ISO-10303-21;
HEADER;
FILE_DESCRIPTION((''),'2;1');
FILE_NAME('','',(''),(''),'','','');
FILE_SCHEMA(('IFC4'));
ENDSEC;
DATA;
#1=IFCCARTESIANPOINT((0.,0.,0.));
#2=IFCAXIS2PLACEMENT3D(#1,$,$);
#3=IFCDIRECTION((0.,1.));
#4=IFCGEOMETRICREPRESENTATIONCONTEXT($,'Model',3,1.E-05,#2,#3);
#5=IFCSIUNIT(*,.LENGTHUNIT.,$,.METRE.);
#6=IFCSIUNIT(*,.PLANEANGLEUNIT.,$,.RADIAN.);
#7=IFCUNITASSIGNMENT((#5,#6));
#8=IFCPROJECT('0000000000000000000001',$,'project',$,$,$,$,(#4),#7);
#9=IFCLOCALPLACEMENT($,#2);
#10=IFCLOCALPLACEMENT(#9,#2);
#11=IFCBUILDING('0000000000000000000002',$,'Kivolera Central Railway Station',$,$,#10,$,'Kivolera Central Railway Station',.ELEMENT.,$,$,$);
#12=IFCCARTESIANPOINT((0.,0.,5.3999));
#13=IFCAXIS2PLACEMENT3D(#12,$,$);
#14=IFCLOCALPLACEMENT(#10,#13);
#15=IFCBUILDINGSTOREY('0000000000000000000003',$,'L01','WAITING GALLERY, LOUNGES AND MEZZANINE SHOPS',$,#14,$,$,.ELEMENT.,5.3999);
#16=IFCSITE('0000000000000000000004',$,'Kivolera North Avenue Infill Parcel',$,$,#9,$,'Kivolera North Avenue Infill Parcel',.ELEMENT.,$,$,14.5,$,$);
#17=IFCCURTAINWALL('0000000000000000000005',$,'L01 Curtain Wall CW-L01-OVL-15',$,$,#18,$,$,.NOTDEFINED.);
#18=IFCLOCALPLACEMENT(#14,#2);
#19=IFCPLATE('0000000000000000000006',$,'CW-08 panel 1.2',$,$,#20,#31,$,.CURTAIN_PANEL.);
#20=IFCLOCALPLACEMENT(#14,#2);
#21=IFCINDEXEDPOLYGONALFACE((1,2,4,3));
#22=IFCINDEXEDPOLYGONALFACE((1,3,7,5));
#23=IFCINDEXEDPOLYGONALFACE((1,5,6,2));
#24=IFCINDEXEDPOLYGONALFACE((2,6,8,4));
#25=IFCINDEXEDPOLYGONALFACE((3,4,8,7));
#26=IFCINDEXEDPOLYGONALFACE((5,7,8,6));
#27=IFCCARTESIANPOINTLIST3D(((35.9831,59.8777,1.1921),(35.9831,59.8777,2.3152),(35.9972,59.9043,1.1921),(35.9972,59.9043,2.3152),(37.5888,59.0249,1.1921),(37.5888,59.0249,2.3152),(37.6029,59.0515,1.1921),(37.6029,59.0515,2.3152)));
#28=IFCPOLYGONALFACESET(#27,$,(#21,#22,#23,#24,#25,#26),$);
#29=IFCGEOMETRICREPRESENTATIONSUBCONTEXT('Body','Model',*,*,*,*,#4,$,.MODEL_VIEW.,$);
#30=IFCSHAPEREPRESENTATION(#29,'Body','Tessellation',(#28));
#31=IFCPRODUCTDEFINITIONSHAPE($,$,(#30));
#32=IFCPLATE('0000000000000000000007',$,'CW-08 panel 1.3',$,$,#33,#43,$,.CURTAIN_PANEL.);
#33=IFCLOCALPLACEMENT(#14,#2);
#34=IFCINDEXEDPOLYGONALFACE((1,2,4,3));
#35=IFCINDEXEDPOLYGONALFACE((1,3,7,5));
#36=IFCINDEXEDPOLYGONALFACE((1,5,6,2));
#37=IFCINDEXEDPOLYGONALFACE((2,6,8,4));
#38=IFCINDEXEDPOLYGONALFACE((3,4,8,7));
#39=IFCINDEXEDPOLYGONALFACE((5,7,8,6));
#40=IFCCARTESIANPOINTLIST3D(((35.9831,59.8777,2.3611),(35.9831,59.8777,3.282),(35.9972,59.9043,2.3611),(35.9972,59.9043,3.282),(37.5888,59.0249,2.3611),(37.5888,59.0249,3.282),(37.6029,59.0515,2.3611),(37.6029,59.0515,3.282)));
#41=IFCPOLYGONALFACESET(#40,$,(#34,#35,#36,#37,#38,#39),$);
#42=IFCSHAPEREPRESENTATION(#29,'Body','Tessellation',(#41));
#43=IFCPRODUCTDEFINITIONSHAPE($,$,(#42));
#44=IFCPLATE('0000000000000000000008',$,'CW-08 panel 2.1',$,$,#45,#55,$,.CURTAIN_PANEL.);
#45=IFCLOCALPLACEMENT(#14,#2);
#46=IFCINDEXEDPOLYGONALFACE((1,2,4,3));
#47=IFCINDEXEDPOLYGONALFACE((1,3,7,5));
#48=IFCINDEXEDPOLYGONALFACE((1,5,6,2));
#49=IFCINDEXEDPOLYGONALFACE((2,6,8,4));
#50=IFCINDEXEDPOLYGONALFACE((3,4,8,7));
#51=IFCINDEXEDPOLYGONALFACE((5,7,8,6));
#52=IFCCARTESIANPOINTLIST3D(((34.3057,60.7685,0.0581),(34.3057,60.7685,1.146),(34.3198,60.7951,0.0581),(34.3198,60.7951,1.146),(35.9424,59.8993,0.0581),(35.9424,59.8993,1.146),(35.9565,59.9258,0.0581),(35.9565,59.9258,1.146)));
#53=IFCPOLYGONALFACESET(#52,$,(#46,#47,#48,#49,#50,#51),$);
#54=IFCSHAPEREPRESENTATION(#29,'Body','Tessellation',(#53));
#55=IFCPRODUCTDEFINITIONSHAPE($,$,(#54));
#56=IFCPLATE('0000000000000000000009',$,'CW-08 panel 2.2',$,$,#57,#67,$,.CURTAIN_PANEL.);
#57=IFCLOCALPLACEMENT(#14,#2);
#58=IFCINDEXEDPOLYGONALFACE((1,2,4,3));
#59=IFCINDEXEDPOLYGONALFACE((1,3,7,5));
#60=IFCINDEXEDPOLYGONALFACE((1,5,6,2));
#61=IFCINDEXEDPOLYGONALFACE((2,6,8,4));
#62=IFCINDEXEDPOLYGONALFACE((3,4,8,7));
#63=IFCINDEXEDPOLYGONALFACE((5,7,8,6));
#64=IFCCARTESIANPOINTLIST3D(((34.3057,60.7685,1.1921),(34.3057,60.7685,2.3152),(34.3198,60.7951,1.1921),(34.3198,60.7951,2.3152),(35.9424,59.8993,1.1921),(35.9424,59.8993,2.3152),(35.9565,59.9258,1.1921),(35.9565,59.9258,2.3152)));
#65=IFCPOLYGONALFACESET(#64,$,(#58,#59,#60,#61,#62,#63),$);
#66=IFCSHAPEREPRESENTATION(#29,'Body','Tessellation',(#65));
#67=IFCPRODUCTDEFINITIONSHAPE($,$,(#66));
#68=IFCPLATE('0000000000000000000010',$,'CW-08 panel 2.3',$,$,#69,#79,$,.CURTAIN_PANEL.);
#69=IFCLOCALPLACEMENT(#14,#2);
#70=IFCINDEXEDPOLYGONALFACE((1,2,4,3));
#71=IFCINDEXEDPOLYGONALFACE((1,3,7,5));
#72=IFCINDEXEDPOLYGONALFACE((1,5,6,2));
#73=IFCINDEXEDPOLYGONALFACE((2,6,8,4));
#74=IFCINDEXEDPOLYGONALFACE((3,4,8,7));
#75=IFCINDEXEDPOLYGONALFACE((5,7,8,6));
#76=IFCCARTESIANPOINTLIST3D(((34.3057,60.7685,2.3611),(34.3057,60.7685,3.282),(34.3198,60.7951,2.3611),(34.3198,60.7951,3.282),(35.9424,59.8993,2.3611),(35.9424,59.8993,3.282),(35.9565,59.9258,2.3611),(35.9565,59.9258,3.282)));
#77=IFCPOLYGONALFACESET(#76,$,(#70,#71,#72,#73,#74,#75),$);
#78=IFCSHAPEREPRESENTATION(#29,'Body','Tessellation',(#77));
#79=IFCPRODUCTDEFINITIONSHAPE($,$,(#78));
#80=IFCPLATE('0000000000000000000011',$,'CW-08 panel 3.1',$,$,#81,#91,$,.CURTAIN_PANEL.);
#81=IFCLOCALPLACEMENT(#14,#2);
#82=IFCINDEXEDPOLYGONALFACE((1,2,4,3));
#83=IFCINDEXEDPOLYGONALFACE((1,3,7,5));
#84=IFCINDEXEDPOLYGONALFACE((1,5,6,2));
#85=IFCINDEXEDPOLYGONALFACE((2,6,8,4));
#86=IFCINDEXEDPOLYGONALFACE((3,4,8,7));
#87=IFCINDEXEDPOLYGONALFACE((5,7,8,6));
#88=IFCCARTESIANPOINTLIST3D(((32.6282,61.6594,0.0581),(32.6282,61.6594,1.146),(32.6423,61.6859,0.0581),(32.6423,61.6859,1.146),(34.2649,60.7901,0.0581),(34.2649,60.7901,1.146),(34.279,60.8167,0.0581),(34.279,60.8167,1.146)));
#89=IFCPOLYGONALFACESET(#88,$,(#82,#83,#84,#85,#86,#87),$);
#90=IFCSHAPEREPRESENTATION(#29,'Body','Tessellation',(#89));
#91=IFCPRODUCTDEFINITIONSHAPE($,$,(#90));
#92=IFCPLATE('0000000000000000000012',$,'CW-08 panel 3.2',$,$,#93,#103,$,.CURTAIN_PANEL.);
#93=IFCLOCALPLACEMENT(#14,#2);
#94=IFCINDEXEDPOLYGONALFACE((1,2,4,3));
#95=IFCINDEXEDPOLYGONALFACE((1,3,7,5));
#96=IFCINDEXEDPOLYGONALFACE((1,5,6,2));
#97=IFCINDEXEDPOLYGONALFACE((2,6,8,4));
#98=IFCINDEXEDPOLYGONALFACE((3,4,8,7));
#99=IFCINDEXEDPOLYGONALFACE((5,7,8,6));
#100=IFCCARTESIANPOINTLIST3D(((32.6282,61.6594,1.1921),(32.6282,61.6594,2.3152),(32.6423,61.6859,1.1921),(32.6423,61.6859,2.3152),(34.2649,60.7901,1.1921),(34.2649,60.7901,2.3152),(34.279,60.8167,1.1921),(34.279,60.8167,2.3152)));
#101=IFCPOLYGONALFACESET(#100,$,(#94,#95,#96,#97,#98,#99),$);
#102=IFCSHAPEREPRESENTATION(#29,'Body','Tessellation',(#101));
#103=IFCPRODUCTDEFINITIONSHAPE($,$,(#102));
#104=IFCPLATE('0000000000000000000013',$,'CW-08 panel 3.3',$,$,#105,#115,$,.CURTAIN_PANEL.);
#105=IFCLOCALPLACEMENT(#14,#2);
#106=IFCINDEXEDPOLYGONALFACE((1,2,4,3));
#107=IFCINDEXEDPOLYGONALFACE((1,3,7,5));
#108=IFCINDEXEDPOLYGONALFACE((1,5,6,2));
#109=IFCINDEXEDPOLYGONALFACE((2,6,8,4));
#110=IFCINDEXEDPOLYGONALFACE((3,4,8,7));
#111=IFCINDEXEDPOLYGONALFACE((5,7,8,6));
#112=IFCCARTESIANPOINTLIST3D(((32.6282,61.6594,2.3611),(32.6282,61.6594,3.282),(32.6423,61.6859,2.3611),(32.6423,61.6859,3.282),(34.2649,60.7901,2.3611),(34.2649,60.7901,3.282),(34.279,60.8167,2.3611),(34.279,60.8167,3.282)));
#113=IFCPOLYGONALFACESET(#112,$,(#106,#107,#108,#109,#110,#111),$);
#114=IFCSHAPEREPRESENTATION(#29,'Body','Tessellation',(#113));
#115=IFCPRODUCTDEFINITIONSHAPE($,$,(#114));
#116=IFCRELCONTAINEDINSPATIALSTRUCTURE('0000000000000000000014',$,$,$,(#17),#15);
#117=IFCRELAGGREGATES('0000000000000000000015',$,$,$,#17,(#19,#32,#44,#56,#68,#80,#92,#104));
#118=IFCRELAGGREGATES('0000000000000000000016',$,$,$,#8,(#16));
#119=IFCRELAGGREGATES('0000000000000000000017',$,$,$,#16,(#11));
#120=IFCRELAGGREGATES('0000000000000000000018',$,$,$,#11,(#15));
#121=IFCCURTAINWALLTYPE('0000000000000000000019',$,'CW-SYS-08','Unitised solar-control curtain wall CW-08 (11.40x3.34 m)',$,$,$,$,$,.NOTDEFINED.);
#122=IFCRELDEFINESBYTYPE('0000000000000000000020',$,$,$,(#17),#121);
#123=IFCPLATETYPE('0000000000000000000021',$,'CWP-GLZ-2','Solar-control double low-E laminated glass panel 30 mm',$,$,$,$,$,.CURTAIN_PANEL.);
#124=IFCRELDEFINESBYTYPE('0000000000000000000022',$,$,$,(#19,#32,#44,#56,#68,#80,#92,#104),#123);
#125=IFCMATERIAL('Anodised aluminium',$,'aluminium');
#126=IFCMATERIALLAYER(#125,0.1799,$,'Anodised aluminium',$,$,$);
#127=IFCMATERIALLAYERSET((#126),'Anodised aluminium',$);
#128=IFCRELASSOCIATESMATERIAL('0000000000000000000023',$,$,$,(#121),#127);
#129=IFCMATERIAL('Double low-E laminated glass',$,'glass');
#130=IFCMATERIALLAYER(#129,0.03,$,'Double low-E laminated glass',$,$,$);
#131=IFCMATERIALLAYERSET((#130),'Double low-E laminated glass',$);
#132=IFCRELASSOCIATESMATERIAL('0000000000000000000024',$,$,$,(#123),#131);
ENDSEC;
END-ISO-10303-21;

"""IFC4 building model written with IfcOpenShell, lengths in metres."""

from ifc_helpers import new_model, si_unit, direction, frame, origin, origin_2d, place, context, subcontext, project, spatial, rectangle, extrude, material, layer, layer_set, type_object, element, aggregate, save


model = new_model("IFC4")

# Units and contexts
model_context = context("Model", 3, precision=1e-05, world=origin(), true_north=direction((0.0, 1.0)))
body_context = subcontext(model_context, "Body", "Model", "MODEL_VIEW")
ifc_project = project(units=[si_unit("LENGTHUNIT", "METRE"), si_unit("PLANEANGLEUNIT", "RADIAN")], contexts=[model_context])

# Site, building, storey
site_placement = place(None, origin())
site = spatial("IfcSite", under=ifc_project, at=site_placement, Name="Kivolera North Avenue Infill Parcel", LongName="Kivolera North Avenue Infill Parcel", CompositionType="ELEMENT", RefElevation=14.5)
building_placement = place(site_placement, origin())
building = spatial("IfcBuilding", under=site, at=building_placement, Name="Kivolera Central Railway Station", LongName="Kivolera Central Railway Station", CompositionType="ELEMENT")
storey_placement = place(building_placement, frame((0.0, 0.0, 5.3999)))
storey = spatial("IfcBuildingStorey", under=building, at=storey_placement, Name="L01", Description="WAITING GALLERY, LOUNGES AND MEZZANINE SHOPS", CompositionType="ELEMENT", Elevation=5.3999)

# Curtain wall, plates
ifc_material_1 = material(Name="Anodised aluminium", Category="aluminium")
ifc_layer_1 = layer(ifc_material_1, 0.1799, Name="Anodised aluminium")
ifc_layer_set_1 = layer_set([ifc_layer_1], Name="Anodised aluminium")
curtain_wall_type = type_object("IfcCurtainWallType", Name="CW-SYS-08", Description="Unitised solar-control curtain wall CW-08 (11.40x3.34 m)", PredefinedType="NOTDEFINED", material=ifc_layer_set_1)
curtain_wall_placement = place(storey_placement, origin())
curtain_wall = element("IfcCurtainWall", 1, at=curtain_wall_placement, inside=storey, type_object=curtain_wall_type, Name="L01 Curtain Wall CW-L01-OVL-15", PredefinedType="NOTDEFINED")
ifc_material_2 = material(Name="Double low-E laminated glass", Category="glass")
ifc_layer_2 = layer(ifc_material_2, 0.03, Name="Double low-E laminated glass")
ifc_layer_set_2 = layer_set([ifc_layer_2], Name="Double low-E laminated glass")
plate_type = type_object("IfcPlateType", Name="CWP-GLZ-2", Description="Solar-control double low-E laminated glass panel 30 mm", PredefinedType="CURTAIN_PANEL", material=ifc_layer_set_2)
plate_1_placement = place(storey_placement, frame((36.793, 59.4646, 1.1921), z_axis=(0.0, 0.0, 1.0), x_axis=(-0.88317, 0.469053, 0.0)))
plate_1 = element("IfcPlate", 2, at=plate_1_placement, type_object=plate_type, Name="CW-08 panel 1.2", PredefinedType="CURTAIN_PANEL", context=body_context, shape_type="SweptSolid", body=[
    extrude(rectangle(XDim=1.8181, YDim=0.03, at=origin_2d()), origin(), (0.0, 0.0, 1.0), 1.123),
])
plate_2_placement = place(storey_placement, frame((36.793, 59.4646, 2.3611), z_axis=(0.0, 0.0, 1.0), x_axis=(-0.88317, 0.469053, 0.0)))
plate_2 = element("IfcPlate", 3, at=plate_2_placement, type_object=plate_type, Name="CW-08 panel 1.3", PredefinedType="CURTAIN_PANEL", context=body_context, shape_type="SweptSolid", body=[
    extrude(rectangle(XDim=1.8181, YDim=0.03, at=origin_2d()), origin(), (0.0, 0.0, 1.0), 0.9209),
])
plate_3_placement = place(storey_placement, frame((35.1311, 60.3472, 0.0581), z_axis=(0.0, 0.0, 1.0), x_axis=(-0.88317, 0.469053, 0.0)))
plate_3 = element("IfcPlate", 4, at=plate_3_placement, type_object=plate_type, Name="CW-08 panel 2.1", PredefinedType="CURTAIN_PANEL", context=body_context, shape_type="SweptSolid", body=[
    extrude(rectangle(XDim=1.8533, YDim=0.03, at=origin_2d()), origin(), (0.0, 0.0, 1.0), 1.0879),
])
plate_4_placement = place(storey_placement, frame((35.1311, 60.3472, 1.1921), z_axis=(0.0, 0.0, 1.0), x_axis=(-0.88317, 0.469053, 0.0)))
plate_4 = element("IfcPlate", 5, at=plate_4_placement, type_object=plate_type, Name="CW-08 panel 2.2", PredefinedType="CURTAIN_PANEL", context=body_context, shape_type="SweptSolid", body=[
    extrude(rectangle(XDim=1.8533, YDim=0.03, at=origin_2d()), origin(), (0.0, 0.0, 1.0), 1.123),
])
plate_5_placement = place(storey_placement, frame((35.1311, 60.3472, 2.3611), z_axis=(0.0, 0.0, 1.0), x_axis=(-0.88317, 0.469053, 0.0)))
plate_5 = element("IfcPlate", 6, at=plate_5_placement, type_object=plate_type, Name="CW-08 panel 2.3", PredefinedType="CURTAIN_PANEL", context=body_context, shape_type="SweptSolid", body=[
    extrude(rectangle(XDim=1.8533, YDim=0.03, at=origin_2d()), origin(), (0.0, 0.0, 1.0), 0.9209),
])
plate_6_placement = place(storey_placement, frame((33.4536, 61.238, 0.0581), z_axis=(0.0, 0.0, 1.0), x_axis=(-0.88317, 0.469053, 0.0)))
plate_6 = element("IfcPlate", 7, at=plate_6_placement, type_object=plate_type, Name="CW-08 panel 3.1", PredefinedType="CURTAIN_PANEL", context=body_context, shape_type="SweptSolid", body=[
    extrude(rectangle(XDim=1.8533, YDim=0.03, at=origin_2d()), origin(), (0.0, 0.0, 1.0), 1.0879),
])
plate_7_placement = place(storey_placement, frame((33.4536, 61.238, 1.1921), z_axis=(0.0, 0.0, 1.0), x_axis=(-0.88317, 0.469053, 0.0)))
plate_7 = element("IfcPlate", 8, at=plate_7_placement, type_object=plate_type, Name="CW-08 panel 3.2", PredefinedType="CURTAIN_PANEL", context=body_context, shape_type="SweptSolid", body=[
    extrude(rectangle(XDim=1.8533, YDim=0.03, at=origin_2d()), origin(), (0.0, 0.0, 1.0), 1.123),
])
plate_8_placement = place(storey_placement, frame((33.4536, 61.238, 2.3611), z_axis=(0.0, 0.0, 1.0), x_axis=(-0.88317, 0.469053, 0.0)))
plate_8 = element("IfcPlate", 9, at=plate_8_placement, type_object=plate_type, Name="CW-08 panel 3.3", PredefinedType="CURTAIN_PANEL", context=body_context, shape_type="SweptSolid", body=[
    extrude(rectangle(XDim=1.8533, YDim=0.03, at=origin_2d()), origin(), (0.0, 0.0, 1.0), 0.9209),
])
aggregate(curtain_wall, [plate_1, plate_2, plate_3, plate_4, plate_5, plate_6, plate_7, plate_8])

save(model, "model.ifc")
